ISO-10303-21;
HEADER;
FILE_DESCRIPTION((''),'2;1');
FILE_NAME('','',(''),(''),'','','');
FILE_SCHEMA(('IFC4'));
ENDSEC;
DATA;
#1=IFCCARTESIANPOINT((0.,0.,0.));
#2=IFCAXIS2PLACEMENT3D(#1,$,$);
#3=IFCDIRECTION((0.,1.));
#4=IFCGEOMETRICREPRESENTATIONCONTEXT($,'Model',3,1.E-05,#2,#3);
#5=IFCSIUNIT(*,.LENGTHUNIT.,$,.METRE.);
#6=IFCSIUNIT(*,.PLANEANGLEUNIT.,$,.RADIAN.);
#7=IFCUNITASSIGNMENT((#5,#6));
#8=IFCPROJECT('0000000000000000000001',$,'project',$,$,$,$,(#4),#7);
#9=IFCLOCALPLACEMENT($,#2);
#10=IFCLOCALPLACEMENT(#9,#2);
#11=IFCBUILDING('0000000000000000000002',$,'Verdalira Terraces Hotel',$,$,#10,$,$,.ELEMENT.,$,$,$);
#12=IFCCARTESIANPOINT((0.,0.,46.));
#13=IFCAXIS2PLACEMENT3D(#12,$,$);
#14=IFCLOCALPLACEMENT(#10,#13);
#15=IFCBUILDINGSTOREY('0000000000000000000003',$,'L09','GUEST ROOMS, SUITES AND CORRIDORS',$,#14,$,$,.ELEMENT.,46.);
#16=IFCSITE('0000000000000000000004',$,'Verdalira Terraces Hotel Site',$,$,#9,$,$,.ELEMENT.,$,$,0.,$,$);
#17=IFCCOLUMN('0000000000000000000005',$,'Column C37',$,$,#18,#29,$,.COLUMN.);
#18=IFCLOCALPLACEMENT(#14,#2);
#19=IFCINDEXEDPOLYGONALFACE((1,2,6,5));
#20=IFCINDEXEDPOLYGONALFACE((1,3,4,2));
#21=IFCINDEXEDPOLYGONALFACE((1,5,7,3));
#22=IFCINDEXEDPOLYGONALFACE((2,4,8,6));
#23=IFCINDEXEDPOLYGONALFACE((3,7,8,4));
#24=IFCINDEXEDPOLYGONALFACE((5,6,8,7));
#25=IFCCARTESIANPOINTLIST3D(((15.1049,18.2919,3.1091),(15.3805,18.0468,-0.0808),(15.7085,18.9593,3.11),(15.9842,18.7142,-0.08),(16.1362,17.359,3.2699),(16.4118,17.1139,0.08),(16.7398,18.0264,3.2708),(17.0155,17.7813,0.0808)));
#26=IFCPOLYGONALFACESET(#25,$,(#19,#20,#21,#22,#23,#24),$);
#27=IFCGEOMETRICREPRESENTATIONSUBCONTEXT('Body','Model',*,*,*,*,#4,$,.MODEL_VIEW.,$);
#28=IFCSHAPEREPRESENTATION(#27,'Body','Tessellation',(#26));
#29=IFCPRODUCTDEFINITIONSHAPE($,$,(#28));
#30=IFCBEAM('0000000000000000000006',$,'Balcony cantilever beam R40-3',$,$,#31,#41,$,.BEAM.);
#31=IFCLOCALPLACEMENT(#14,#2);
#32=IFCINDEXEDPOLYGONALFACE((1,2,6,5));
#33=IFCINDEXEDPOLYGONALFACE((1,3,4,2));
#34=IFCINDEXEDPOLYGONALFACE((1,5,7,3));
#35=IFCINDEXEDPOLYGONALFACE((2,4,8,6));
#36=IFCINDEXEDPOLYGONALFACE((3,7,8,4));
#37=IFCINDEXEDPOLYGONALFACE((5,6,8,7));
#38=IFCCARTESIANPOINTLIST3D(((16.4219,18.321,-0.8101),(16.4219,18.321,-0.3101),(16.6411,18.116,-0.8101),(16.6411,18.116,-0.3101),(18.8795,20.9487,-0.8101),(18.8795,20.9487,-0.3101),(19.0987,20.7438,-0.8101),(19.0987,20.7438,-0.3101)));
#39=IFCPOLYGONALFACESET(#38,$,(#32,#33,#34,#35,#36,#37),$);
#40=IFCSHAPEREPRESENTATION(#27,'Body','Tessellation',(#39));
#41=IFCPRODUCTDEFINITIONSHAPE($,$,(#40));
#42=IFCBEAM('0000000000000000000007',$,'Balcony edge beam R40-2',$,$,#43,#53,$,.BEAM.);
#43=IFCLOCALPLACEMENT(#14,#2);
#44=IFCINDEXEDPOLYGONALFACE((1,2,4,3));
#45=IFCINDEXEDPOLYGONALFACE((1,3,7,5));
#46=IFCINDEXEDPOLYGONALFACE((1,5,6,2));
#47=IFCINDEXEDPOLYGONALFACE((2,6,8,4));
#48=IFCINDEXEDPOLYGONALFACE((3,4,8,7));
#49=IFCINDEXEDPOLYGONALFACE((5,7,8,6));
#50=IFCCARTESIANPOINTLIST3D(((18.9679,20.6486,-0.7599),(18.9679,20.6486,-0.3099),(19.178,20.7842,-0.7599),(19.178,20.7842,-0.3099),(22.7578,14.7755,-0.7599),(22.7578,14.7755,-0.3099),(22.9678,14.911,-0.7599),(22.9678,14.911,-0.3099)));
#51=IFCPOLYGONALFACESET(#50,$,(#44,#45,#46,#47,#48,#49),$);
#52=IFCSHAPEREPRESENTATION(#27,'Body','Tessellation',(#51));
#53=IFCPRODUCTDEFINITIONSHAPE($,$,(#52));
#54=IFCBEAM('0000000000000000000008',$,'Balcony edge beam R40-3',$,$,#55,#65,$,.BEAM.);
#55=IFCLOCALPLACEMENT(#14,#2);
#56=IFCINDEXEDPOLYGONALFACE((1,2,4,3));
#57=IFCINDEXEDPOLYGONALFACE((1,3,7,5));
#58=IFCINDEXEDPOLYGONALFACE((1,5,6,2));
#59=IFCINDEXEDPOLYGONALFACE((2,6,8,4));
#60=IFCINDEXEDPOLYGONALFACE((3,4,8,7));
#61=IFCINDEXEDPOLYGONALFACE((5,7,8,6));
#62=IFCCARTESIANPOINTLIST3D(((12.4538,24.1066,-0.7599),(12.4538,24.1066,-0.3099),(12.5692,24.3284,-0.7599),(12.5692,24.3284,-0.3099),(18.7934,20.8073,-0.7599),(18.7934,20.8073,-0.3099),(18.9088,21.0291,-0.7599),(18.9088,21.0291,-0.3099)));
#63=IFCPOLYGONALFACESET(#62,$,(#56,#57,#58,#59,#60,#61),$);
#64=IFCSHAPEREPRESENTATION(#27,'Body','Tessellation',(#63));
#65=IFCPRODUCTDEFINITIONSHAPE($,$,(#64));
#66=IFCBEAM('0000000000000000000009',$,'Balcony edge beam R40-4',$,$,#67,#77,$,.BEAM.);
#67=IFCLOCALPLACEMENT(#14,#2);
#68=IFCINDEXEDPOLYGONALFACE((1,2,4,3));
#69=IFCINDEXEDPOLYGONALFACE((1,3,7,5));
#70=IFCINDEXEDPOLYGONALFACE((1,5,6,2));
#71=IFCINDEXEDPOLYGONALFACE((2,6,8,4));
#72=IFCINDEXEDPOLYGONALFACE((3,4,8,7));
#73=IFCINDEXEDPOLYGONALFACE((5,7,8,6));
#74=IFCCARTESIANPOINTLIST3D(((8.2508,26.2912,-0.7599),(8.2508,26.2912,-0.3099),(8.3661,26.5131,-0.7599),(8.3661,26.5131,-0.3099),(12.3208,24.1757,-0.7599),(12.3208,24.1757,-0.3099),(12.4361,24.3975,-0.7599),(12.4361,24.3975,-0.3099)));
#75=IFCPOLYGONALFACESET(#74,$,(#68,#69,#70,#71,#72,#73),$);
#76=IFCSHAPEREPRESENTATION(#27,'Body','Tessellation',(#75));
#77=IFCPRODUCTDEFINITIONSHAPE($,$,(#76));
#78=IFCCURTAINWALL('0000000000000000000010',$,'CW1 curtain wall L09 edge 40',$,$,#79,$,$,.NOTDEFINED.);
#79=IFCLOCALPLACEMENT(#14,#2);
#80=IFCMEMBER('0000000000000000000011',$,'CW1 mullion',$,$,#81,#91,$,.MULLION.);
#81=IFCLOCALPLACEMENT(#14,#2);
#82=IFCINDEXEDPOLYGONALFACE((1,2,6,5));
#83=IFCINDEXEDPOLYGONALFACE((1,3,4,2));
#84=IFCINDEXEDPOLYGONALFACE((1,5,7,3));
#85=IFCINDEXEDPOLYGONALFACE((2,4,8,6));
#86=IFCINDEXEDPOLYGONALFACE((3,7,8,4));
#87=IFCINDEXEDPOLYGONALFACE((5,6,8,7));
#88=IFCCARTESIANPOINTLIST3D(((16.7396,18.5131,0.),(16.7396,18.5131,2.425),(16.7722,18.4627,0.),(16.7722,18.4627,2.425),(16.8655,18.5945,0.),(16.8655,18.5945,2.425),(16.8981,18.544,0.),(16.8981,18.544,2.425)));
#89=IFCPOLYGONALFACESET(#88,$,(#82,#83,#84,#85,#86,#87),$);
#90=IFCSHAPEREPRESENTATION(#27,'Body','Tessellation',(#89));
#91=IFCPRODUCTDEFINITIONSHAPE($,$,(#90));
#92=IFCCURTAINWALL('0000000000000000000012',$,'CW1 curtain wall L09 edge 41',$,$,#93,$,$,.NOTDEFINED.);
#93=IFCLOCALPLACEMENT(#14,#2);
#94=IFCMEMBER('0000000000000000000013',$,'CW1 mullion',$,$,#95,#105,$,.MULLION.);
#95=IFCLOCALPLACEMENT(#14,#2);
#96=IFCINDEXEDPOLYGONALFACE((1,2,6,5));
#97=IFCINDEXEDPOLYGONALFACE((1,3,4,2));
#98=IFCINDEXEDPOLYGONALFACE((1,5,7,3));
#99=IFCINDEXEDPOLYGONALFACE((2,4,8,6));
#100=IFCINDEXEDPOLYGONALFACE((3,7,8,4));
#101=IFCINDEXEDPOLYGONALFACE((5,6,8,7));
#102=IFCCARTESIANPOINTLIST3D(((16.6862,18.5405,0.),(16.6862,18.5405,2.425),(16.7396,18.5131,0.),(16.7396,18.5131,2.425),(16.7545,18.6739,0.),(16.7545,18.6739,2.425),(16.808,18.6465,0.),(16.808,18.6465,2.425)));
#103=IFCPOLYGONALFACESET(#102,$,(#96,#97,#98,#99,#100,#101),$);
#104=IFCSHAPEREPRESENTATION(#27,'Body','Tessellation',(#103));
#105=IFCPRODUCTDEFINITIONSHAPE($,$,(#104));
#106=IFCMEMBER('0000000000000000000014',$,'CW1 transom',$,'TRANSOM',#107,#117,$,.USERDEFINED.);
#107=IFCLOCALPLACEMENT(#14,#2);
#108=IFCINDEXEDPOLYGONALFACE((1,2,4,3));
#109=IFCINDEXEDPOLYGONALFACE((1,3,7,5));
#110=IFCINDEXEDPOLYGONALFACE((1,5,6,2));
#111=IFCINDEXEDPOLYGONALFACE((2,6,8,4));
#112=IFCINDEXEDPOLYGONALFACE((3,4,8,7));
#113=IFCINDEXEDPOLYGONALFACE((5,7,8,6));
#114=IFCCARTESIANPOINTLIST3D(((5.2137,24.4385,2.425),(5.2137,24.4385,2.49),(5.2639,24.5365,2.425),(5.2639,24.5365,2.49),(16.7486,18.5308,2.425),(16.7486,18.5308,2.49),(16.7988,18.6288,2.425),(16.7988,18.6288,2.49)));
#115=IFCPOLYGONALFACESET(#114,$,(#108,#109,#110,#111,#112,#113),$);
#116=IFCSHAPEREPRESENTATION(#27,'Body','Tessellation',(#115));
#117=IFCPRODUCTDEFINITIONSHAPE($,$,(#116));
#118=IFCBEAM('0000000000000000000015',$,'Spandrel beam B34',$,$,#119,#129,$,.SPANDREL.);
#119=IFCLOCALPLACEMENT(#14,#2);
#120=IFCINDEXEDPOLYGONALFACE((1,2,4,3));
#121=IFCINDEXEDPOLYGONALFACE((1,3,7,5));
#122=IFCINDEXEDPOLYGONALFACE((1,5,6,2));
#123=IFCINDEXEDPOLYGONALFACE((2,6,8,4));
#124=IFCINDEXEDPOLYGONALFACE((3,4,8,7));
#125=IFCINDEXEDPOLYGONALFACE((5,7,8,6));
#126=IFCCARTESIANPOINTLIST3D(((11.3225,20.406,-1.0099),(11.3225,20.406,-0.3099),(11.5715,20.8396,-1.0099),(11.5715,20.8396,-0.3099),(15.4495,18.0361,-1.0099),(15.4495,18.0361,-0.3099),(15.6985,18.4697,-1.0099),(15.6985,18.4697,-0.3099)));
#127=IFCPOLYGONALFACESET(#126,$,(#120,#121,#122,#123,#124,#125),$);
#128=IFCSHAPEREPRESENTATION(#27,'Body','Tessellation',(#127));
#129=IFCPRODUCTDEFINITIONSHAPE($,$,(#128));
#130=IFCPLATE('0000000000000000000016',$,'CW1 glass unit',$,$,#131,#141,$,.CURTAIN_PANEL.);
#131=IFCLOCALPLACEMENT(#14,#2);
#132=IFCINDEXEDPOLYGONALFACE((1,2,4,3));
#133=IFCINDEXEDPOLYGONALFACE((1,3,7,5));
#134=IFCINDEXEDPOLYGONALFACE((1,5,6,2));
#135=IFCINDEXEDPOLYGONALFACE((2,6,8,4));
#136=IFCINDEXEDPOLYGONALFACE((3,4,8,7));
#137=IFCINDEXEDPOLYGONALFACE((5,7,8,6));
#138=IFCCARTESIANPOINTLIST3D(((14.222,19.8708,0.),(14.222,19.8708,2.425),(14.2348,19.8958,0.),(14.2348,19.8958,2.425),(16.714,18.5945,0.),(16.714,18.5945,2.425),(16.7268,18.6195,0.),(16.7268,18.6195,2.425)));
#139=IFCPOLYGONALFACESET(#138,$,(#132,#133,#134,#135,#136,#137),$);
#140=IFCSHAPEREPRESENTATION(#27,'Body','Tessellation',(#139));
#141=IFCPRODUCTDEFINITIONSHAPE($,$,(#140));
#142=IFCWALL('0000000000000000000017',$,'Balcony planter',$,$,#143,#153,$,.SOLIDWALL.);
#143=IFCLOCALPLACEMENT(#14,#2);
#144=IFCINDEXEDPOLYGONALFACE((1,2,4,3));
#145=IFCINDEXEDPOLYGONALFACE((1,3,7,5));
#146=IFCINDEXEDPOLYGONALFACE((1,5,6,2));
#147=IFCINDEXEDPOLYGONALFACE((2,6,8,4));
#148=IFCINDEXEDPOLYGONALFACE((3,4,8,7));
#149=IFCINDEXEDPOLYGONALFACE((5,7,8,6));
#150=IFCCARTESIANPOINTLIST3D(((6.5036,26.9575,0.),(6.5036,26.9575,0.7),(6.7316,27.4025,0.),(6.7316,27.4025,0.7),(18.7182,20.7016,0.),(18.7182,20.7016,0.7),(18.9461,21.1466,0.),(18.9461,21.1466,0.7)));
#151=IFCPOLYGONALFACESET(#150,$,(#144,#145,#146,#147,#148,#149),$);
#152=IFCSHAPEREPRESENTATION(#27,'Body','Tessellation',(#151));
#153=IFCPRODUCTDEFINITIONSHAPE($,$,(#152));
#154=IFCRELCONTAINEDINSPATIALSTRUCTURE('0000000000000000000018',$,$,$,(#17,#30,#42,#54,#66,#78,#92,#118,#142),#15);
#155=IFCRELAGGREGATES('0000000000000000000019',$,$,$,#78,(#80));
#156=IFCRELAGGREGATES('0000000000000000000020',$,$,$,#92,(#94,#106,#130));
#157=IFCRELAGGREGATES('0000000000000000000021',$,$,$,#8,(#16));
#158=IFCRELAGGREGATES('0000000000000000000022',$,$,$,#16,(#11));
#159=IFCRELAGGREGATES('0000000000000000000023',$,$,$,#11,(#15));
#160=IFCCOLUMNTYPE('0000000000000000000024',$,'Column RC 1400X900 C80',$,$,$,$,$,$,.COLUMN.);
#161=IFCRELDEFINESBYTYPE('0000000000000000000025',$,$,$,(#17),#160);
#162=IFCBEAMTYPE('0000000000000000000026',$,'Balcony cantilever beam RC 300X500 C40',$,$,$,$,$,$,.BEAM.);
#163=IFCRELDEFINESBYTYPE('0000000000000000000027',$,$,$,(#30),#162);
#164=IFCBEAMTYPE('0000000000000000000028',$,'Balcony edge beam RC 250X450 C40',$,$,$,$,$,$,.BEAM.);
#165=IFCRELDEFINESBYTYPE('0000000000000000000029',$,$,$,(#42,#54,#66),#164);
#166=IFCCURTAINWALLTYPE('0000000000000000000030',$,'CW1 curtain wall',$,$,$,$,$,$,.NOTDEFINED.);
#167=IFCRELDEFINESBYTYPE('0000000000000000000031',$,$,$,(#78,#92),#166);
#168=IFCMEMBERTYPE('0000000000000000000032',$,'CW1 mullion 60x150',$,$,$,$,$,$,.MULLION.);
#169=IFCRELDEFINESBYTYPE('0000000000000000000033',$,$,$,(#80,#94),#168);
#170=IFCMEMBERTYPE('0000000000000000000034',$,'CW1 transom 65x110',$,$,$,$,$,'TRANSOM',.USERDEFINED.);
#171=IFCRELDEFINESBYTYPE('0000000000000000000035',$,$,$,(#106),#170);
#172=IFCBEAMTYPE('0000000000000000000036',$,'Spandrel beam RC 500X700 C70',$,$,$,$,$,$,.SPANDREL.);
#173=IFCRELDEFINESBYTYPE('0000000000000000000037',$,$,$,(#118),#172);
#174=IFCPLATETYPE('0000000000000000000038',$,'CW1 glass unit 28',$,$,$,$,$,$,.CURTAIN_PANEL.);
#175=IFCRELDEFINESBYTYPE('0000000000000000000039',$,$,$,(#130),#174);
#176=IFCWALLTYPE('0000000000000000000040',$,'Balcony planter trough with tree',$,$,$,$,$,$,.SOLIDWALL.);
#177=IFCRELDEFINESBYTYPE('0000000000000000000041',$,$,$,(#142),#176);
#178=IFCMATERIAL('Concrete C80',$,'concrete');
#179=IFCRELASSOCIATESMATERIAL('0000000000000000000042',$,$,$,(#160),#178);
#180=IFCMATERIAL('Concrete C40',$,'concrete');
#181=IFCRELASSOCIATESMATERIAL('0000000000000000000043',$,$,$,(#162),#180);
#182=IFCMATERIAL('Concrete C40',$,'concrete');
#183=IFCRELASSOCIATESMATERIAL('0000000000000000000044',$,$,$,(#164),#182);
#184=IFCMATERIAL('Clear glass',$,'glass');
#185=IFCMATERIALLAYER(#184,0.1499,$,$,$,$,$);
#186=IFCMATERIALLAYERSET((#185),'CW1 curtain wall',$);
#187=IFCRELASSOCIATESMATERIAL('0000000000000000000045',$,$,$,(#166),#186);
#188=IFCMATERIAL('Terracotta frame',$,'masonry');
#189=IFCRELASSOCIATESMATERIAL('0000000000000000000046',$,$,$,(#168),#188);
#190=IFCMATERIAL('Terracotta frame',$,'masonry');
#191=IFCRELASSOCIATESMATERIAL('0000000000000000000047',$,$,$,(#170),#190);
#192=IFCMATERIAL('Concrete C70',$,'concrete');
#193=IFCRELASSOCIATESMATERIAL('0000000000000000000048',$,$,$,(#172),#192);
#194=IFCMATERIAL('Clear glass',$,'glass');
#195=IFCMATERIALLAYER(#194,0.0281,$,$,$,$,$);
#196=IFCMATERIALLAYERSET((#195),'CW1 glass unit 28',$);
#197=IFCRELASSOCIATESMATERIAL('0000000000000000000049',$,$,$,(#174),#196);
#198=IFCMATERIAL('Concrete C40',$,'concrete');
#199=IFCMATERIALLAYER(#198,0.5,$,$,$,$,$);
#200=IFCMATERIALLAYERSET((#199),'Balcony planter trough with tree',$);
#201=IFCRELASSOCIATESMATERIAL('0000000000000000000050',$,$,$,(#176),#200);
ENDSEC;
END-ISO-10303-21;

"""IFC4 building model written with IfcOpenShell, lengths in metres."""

from ifc_helpers import new_model, si_unit, direction, frame, frame_2d, origin, origin_2d, place, context, subcontext, project, spatial, rectangle, extrude, material, layer, layer_set, material_profile, profile_set, type_object, element, aggregate, save


model = new_model("IFC4")

# Units and contexts
model_context = context("Model", 3, precision=1e-05, world=origin(), true_north=direction((0.0, 1.0)))
body_context = subcontext(model_context, "Body", "Model", "MODEL_VIEW")
ifc_project = project(units=[si_unit("LENGTHUNIT", "METRE"), si_unit("PLANEANGLEUNIT", "RADIAN")], contexts=[model_context])

# Site, building, storey
site_placement = place(None, origin())
site = spatial("IfcSite", under=ifc_project, at=site_placement, Name="Verdalira Terraces Hotel Site", CompositionType="ELEMENT", RefElevation=0.0)
building_placement = place(site_placement, origin())
building = spatial("IfcBuilding", under=site, at=building_placement, Name="Verdalira Terraces Hotel", CompositionType="ELEMENT")
storey_placement = place(building_placement, frame((0.0, 0.0, 46.0)))
storey = spatial("IfcBuildingStorey", under=building, at=storey_placement, Name="L09", Description="GUEST ROOMS, SUITES AND CORRIDORS", CompositionType="ELEMENT", Elevation=46.0)

# Column
ifc_material_1 = material(Name="Concrete C80", Category="concrete")
ifc_material_profile_1 = material_profile(ifc_material_1, rectangle(XDim=1.3999, YDim=0.8999, at=origin_2d()), Name="RC 1400X900")
ifc_profile_set_1 = profile_set([ifc_material_profile_1], Name="Concrete C80")
column_type = type_object("IfcColumnType", Name="Column RC 1400X900 C80", PredefinedType="COLUMN", material=ifc_profile_set_1)
column_placement = place(storey_placement, frame((16.198, 17.9141, 0.0), z_axis=(-0.085836, 0.076332, 0.993381), x_axis=(0.736686, -0.666408, 0.114862)))
element("IfcColumn", 1, at=column_placement, inside=storey, type_object=column_type, Name="Column C37", PredefinedType="COLUMN", context=body_context, shape_type="SweptSolid", body=[
    extrude(rectangle(XDim=1.3999, YDim=0.8999, at=origin_2d()), origin(), (0.0, 0.0, 1.0), 3.2112),
])

# Beams
ifc_material_2 = material(Name="Concrete C40", Category="concrete")
ifc_material_profile_2 = material_profile(ifc_material_2, rectangle(XDim=0.3, YDim=0.5, at=origin_2d()), Name="RC 300X500")
ifc_profile_set_2 = profile_set([ifc_material_profile_2], Name="Concrete C40")
beam_type_1 = type_object("IfcBeamType", Name="Balcony cantilever beam RC 300X500 C40", PredefinedType="BEAM", material=ifc_profile_set_2)
beam_1_placement = place(storey_placement, frame((16.5315, 18.2185, -0.5601), z_axis=(0.683063, 0.73036, 0.0), x_axis=(-0.73036, 0.683063, 0.0)))
element("IfcBeam", 2, at=beam_1_placement, inside=storey, type_object=beam_type_1, Name="Balcony cantilever beam R40-3", PredefinedType="BEAM", context=body_context, shape_type="SweptSolid", body=[
    extrude(rectangle(XDim=0.3, YDim=0.5, at=origin_2d()), origin(), (0.0, 0.0, 1.0), 3.5979),
])
ifc_material_3 = material(Name="Concrete C40", Category="concrete")
ifc_material_profile_3 = material_profile(ifc_material_3, rectangle(XDim=0.25, YDim=0.45, at=origin_2d()), Name="RC 250X450")
ifc_profile_set_3 = profile_set([ifc_material_profile_3], Name="Concrete C40")
beam_type_2 = type_object("IfcBeamType", Name="Balcony edge beam RC 250X450 C40", PredefinedType="BEAM", material=ifc_profile_set_3)
beam_2_placement = place(storey_placement, frame((22.8628, 14.8433, -0.5349), z_axis=(-0.542201, 0.840249, 0.0), x_axis=(-0.840249, -0.542201, 0.0)))
element("IfcBeam", 3, at=beam_2_placement, inside=storey, type_object=beam_type_2, Name="Balcony edge beam R40-2", PredefinedType="BEAM", context=body_context, shape_type="SweptSolid", body=[
    extrude(rectangle(XDim=0.25, YDim=0.45, at=origin_2d()), origin(), (0.0, 0.0, 1.0), 6.9897),
])
beam_3_placement = place(storey_placement, frame((18.8511, 20.9182, -0.5349), z_axis=(-0.887061, 0.461653, 0.0), x_axis=(-0.461653, -0.887061, 0.0)))
element("IfcBeam", 4, at=beam_3_placement, inside=storey, type_object=beam_type_2, Name="Balcony edge beam R40-3", PredefinedType="BEAM", context=body_context, shape_type="SweptSolid", body=[
    extrude(rectangle(XDim=0.25, YDim=0.45, at=origin_2d()), origin(), (0.0, 0.0, 1.0), 7.1467),
])
beam_4_placement = place(storey_placement, frame((12.3784, 24.2866, -0.5349), z_axis=(-0.887291, 0.46121, 0.0), x_axis=(-0.46121, -0.887291, 0.0)))
element("IfcBeam", 5, at=beam_4_placement, inside=storey, type_object=beam_type_2, Name="Balcony edge beam R40-4", PredefinedType="BEAM", context=body_context, shape_type="SweptSolid", body=[
    extrude(rectangle(XDim=0.25, YDim=0.45, at=origin_2d()), origin(), (0.0, 0.0, 1.0), 4.5869),
])

# Curtain wall, member
ifc_material_4 = material(Name="Clear glass", Category="glass")
ifc_layer_1 = layer(ifc_material_4, 0.1499)
ifc_layer_set_1 = layer_set([ifc_layer_1], Name="CW1 curtain wall")
curtain_wall_type = type_object("IfcCurtainWallType", Name="CW1 curtain wall", PredefinedType="NOTDEFINED", material=ifc_layer_set_1)
curtain_wall_1_placement = place(storey_placement, origin())
curtain_wall_1 = element("IfcCurtainWall", 6, at=curtain_wall_1_placement, inside=storey, type_object=curtain_wall_type, Name="CW1 curtain wall L09 edge 40", PredefinedType="NOTDEFINED")
ifc_material_5 = material(Name="Terracotta frame", Category="masonry")
ifc_material_profile_4 = material_profile(ifc_material_5, rectangle(XDim=0.0601, YDim=0.1499, at=origin_2d()), Name="MU 60x150")
ifc_profile_set_4 = profile_set([ifc_material_profile_4], Name="Terracotta frame")
member_type_1 = type_object("IfcMemberType", Name="CW1 mullion 60x150", PredefinedType="MULLION", material=ifc_profile_set_4)
member_1_placement = place(storey_placement, frame((16.8188, 18.5286, 0.0), z_axis=(0.0, 0.0, 1.0), x_axis=(-0.542881, 0.839809, 0.0)))
member_1 = element("IfcMember", 7, at=member_1_placement, type_object=member_type_1, Name="CW1 mullion", PredefinedType="MULLION", context=body_context, shape_type="SweptSolid", body=[
    extrude(rectangle(XDim=0.0601, YDim=0.1499, at=origin_2d()), origin(), (0.0, 0.0, 1.0), 2.425),
])
aggregate(curtain_wall_1, [member_1])

# Curtain wall, members
curtain_wall_2_placement = place(storey_placement, origin())
curtain_wall_2 = element("IfcCurtainWall", 8, at=curtain_wall_2_placement, inside=storey, type_object=curtain_wall_type, Name="CW1 curtain wall L09 edge 41", PredefinedType="NOTDEFINED")
member_2_placement = place(storey_placement, frame((16.7471, 18.5935, 0.0), z_axis=(0.0, 0.0, 1.0), x_axis=(-0.890054, 0.455856, 0.0)))
member_2 = element("IfcMember", 9, at=member_2_placement, type_object=member_type_1, Name="CW1 mullion", PredefinedType="MULLION", context=body_context, shape_type="SweptSolid", body=[
    extrude(rectangle(XDim=0.0601, YDim=0.1499, at=origin_2d()), origin(), (0.0, 0.0, 1.0), 2.425),
])
ifc_material_6 = material(Name="Terracotta frame", Category="masonry")
ifc_material_profile_5 = material_profile(ifc_material_6, rectangle(XDim=0.1101, YDim=0.0649, at=origin_2d()), Name="TR 65x110")
ifc_profile_set_5 = profile_set([ifc_material_profile_5], Name="Terracotta frame")
member_type_2 = type_object("IfcMemberType", Name="CW1 transom 65x110", ElementType="TRANSOM", PredefinedType="USERDEFINED", material=ifc_profile_set_5)
member_3_placement = place(storey_placement, frame((16.7737, 18.5798, 2.4575), z_axis=(-0.890056, 0.455851, 0.0), x_axis=(-0.455851, -0.890056, 0.0)))
member_3 = element("IfcMember", 10, at=member_3_placement, type_object=member_type_2, Name="CW1 transom", ObjectType="TRANSOM", PredefinedType="USERDEFINED", context=body_context, shape_type="SweptSolid", body=[
    extrude(rectangle(XDim=0.1101, YDim=0.0649, at=origin_2d()), origin(), (0.0, 0.0, 1.0), 12.9597),
])

# Beam
ifc_material_7 = material(Name="Concrete C70", Category="concrete")
ifc_material_profile_6 = material_profile(ifc_material_7, rectangle(XDim=0.5, YDim=0.7, at=origin_2d()), Name="RC 500X700")
ifc_profile_set_6 = profile_set([ifc_material_profile_6], Name="Concrete C70")
beam_type_3 = type_object("IfcBeamType", Name="Spandrel beam RC 500X700 C70", PredefinedType="SPANDREL", material=ifc_profile_set_6)
beam_5_placement = place(storey_placement, frame((15.574, 18.2529, -0.6599), z_axis=(-0.86719, 0.497978, 0.0), x_axis=(-0.497978, -0.86719, 0.0)))
element("IfcBeam", 11, at=beam_5_placement, inside=storey, type_object=beam_type_3, Name="Spandrel beam B34", PredefinedType="SPANDREL", context=body_context, shape_type="SweptSolid", body=[
    extrude(rectangle(XDim=0.5, YDim=0.7, at=origin_2d()), origin(), (0.0, 0.0, 1.0), 4.759),
])

# Plate
ifc_material_8 = material(Name="Clear glass", Category="glass")
ifc_layer_2 = layer(ifc_material_8, 0.0281)
ifc_layer_set_2 = layer_set([ifc_layer_2], Name="CW1 glass unit 28")
plate_type = type_object("IfcPlateType", Name="CW1 glass unit 28", PredefinedType="CURTAIN_PANEL", material=ifc_layer_set_2)
plate_placement = place(storey_placement, frame((15.4744, 19.2451, 0.0), z_axis=(0.0, 0.0, 1.0), x_axis=(-0.890054, 0.455856, 0.0)))
plate = element("IfcPlate", 12, at=plate_placement, type_object=plate_type, Name="CW1 glass unit", PredefinedType="CURTAIN_PANEL", context=body_context, shape_type="SweptSolid", body=[
    extrude(rectangle(XDim=2.7998, YDim=0.0281, at=origin_2d()), origin(), (0.0, 0.0, 1.0), 2.425),
])
aggregate(curtain_wall_2, [member_2, member_3, plate])

# Wall
ifc_material_9 = material(Name="Concrete C40", Category="concrete")
ifc_layer_3 = layer(ifc_material_9, 0.5)
ifc_layer_set_3 = layer_set([ifc_layer_3], Name="Balcony planter trough with tree")
wall_type_1 = type_object("IfcWallType", Name="Balcony planter trough with tree", PredefinedType="SOLIDWALL", material=ifc_layer_set_3)
wall_1_placement = place(storey_placement, frame((18.8323, 20.9241, 0.0), z_axis=(0.0, 0.0, 1.0), x_axis=(-0.890055, 0.455853, 0.0)))
element("IfcWall", 13, at=wall_1_placement, inside=storey, type_object=wall_type_1, Name="Balcony planter", PredefinedType="SOLIDWALL", context=body_context, shape_type="SweptSolid", body=[
    extrude(rectangle(XDim=13.7234, YDim=0.5, at=frame_2d((6.8618, 0.0))), origin(), (0.0, 0.0, 1.0), 0.7),
])

save(model, "model.ifc")
